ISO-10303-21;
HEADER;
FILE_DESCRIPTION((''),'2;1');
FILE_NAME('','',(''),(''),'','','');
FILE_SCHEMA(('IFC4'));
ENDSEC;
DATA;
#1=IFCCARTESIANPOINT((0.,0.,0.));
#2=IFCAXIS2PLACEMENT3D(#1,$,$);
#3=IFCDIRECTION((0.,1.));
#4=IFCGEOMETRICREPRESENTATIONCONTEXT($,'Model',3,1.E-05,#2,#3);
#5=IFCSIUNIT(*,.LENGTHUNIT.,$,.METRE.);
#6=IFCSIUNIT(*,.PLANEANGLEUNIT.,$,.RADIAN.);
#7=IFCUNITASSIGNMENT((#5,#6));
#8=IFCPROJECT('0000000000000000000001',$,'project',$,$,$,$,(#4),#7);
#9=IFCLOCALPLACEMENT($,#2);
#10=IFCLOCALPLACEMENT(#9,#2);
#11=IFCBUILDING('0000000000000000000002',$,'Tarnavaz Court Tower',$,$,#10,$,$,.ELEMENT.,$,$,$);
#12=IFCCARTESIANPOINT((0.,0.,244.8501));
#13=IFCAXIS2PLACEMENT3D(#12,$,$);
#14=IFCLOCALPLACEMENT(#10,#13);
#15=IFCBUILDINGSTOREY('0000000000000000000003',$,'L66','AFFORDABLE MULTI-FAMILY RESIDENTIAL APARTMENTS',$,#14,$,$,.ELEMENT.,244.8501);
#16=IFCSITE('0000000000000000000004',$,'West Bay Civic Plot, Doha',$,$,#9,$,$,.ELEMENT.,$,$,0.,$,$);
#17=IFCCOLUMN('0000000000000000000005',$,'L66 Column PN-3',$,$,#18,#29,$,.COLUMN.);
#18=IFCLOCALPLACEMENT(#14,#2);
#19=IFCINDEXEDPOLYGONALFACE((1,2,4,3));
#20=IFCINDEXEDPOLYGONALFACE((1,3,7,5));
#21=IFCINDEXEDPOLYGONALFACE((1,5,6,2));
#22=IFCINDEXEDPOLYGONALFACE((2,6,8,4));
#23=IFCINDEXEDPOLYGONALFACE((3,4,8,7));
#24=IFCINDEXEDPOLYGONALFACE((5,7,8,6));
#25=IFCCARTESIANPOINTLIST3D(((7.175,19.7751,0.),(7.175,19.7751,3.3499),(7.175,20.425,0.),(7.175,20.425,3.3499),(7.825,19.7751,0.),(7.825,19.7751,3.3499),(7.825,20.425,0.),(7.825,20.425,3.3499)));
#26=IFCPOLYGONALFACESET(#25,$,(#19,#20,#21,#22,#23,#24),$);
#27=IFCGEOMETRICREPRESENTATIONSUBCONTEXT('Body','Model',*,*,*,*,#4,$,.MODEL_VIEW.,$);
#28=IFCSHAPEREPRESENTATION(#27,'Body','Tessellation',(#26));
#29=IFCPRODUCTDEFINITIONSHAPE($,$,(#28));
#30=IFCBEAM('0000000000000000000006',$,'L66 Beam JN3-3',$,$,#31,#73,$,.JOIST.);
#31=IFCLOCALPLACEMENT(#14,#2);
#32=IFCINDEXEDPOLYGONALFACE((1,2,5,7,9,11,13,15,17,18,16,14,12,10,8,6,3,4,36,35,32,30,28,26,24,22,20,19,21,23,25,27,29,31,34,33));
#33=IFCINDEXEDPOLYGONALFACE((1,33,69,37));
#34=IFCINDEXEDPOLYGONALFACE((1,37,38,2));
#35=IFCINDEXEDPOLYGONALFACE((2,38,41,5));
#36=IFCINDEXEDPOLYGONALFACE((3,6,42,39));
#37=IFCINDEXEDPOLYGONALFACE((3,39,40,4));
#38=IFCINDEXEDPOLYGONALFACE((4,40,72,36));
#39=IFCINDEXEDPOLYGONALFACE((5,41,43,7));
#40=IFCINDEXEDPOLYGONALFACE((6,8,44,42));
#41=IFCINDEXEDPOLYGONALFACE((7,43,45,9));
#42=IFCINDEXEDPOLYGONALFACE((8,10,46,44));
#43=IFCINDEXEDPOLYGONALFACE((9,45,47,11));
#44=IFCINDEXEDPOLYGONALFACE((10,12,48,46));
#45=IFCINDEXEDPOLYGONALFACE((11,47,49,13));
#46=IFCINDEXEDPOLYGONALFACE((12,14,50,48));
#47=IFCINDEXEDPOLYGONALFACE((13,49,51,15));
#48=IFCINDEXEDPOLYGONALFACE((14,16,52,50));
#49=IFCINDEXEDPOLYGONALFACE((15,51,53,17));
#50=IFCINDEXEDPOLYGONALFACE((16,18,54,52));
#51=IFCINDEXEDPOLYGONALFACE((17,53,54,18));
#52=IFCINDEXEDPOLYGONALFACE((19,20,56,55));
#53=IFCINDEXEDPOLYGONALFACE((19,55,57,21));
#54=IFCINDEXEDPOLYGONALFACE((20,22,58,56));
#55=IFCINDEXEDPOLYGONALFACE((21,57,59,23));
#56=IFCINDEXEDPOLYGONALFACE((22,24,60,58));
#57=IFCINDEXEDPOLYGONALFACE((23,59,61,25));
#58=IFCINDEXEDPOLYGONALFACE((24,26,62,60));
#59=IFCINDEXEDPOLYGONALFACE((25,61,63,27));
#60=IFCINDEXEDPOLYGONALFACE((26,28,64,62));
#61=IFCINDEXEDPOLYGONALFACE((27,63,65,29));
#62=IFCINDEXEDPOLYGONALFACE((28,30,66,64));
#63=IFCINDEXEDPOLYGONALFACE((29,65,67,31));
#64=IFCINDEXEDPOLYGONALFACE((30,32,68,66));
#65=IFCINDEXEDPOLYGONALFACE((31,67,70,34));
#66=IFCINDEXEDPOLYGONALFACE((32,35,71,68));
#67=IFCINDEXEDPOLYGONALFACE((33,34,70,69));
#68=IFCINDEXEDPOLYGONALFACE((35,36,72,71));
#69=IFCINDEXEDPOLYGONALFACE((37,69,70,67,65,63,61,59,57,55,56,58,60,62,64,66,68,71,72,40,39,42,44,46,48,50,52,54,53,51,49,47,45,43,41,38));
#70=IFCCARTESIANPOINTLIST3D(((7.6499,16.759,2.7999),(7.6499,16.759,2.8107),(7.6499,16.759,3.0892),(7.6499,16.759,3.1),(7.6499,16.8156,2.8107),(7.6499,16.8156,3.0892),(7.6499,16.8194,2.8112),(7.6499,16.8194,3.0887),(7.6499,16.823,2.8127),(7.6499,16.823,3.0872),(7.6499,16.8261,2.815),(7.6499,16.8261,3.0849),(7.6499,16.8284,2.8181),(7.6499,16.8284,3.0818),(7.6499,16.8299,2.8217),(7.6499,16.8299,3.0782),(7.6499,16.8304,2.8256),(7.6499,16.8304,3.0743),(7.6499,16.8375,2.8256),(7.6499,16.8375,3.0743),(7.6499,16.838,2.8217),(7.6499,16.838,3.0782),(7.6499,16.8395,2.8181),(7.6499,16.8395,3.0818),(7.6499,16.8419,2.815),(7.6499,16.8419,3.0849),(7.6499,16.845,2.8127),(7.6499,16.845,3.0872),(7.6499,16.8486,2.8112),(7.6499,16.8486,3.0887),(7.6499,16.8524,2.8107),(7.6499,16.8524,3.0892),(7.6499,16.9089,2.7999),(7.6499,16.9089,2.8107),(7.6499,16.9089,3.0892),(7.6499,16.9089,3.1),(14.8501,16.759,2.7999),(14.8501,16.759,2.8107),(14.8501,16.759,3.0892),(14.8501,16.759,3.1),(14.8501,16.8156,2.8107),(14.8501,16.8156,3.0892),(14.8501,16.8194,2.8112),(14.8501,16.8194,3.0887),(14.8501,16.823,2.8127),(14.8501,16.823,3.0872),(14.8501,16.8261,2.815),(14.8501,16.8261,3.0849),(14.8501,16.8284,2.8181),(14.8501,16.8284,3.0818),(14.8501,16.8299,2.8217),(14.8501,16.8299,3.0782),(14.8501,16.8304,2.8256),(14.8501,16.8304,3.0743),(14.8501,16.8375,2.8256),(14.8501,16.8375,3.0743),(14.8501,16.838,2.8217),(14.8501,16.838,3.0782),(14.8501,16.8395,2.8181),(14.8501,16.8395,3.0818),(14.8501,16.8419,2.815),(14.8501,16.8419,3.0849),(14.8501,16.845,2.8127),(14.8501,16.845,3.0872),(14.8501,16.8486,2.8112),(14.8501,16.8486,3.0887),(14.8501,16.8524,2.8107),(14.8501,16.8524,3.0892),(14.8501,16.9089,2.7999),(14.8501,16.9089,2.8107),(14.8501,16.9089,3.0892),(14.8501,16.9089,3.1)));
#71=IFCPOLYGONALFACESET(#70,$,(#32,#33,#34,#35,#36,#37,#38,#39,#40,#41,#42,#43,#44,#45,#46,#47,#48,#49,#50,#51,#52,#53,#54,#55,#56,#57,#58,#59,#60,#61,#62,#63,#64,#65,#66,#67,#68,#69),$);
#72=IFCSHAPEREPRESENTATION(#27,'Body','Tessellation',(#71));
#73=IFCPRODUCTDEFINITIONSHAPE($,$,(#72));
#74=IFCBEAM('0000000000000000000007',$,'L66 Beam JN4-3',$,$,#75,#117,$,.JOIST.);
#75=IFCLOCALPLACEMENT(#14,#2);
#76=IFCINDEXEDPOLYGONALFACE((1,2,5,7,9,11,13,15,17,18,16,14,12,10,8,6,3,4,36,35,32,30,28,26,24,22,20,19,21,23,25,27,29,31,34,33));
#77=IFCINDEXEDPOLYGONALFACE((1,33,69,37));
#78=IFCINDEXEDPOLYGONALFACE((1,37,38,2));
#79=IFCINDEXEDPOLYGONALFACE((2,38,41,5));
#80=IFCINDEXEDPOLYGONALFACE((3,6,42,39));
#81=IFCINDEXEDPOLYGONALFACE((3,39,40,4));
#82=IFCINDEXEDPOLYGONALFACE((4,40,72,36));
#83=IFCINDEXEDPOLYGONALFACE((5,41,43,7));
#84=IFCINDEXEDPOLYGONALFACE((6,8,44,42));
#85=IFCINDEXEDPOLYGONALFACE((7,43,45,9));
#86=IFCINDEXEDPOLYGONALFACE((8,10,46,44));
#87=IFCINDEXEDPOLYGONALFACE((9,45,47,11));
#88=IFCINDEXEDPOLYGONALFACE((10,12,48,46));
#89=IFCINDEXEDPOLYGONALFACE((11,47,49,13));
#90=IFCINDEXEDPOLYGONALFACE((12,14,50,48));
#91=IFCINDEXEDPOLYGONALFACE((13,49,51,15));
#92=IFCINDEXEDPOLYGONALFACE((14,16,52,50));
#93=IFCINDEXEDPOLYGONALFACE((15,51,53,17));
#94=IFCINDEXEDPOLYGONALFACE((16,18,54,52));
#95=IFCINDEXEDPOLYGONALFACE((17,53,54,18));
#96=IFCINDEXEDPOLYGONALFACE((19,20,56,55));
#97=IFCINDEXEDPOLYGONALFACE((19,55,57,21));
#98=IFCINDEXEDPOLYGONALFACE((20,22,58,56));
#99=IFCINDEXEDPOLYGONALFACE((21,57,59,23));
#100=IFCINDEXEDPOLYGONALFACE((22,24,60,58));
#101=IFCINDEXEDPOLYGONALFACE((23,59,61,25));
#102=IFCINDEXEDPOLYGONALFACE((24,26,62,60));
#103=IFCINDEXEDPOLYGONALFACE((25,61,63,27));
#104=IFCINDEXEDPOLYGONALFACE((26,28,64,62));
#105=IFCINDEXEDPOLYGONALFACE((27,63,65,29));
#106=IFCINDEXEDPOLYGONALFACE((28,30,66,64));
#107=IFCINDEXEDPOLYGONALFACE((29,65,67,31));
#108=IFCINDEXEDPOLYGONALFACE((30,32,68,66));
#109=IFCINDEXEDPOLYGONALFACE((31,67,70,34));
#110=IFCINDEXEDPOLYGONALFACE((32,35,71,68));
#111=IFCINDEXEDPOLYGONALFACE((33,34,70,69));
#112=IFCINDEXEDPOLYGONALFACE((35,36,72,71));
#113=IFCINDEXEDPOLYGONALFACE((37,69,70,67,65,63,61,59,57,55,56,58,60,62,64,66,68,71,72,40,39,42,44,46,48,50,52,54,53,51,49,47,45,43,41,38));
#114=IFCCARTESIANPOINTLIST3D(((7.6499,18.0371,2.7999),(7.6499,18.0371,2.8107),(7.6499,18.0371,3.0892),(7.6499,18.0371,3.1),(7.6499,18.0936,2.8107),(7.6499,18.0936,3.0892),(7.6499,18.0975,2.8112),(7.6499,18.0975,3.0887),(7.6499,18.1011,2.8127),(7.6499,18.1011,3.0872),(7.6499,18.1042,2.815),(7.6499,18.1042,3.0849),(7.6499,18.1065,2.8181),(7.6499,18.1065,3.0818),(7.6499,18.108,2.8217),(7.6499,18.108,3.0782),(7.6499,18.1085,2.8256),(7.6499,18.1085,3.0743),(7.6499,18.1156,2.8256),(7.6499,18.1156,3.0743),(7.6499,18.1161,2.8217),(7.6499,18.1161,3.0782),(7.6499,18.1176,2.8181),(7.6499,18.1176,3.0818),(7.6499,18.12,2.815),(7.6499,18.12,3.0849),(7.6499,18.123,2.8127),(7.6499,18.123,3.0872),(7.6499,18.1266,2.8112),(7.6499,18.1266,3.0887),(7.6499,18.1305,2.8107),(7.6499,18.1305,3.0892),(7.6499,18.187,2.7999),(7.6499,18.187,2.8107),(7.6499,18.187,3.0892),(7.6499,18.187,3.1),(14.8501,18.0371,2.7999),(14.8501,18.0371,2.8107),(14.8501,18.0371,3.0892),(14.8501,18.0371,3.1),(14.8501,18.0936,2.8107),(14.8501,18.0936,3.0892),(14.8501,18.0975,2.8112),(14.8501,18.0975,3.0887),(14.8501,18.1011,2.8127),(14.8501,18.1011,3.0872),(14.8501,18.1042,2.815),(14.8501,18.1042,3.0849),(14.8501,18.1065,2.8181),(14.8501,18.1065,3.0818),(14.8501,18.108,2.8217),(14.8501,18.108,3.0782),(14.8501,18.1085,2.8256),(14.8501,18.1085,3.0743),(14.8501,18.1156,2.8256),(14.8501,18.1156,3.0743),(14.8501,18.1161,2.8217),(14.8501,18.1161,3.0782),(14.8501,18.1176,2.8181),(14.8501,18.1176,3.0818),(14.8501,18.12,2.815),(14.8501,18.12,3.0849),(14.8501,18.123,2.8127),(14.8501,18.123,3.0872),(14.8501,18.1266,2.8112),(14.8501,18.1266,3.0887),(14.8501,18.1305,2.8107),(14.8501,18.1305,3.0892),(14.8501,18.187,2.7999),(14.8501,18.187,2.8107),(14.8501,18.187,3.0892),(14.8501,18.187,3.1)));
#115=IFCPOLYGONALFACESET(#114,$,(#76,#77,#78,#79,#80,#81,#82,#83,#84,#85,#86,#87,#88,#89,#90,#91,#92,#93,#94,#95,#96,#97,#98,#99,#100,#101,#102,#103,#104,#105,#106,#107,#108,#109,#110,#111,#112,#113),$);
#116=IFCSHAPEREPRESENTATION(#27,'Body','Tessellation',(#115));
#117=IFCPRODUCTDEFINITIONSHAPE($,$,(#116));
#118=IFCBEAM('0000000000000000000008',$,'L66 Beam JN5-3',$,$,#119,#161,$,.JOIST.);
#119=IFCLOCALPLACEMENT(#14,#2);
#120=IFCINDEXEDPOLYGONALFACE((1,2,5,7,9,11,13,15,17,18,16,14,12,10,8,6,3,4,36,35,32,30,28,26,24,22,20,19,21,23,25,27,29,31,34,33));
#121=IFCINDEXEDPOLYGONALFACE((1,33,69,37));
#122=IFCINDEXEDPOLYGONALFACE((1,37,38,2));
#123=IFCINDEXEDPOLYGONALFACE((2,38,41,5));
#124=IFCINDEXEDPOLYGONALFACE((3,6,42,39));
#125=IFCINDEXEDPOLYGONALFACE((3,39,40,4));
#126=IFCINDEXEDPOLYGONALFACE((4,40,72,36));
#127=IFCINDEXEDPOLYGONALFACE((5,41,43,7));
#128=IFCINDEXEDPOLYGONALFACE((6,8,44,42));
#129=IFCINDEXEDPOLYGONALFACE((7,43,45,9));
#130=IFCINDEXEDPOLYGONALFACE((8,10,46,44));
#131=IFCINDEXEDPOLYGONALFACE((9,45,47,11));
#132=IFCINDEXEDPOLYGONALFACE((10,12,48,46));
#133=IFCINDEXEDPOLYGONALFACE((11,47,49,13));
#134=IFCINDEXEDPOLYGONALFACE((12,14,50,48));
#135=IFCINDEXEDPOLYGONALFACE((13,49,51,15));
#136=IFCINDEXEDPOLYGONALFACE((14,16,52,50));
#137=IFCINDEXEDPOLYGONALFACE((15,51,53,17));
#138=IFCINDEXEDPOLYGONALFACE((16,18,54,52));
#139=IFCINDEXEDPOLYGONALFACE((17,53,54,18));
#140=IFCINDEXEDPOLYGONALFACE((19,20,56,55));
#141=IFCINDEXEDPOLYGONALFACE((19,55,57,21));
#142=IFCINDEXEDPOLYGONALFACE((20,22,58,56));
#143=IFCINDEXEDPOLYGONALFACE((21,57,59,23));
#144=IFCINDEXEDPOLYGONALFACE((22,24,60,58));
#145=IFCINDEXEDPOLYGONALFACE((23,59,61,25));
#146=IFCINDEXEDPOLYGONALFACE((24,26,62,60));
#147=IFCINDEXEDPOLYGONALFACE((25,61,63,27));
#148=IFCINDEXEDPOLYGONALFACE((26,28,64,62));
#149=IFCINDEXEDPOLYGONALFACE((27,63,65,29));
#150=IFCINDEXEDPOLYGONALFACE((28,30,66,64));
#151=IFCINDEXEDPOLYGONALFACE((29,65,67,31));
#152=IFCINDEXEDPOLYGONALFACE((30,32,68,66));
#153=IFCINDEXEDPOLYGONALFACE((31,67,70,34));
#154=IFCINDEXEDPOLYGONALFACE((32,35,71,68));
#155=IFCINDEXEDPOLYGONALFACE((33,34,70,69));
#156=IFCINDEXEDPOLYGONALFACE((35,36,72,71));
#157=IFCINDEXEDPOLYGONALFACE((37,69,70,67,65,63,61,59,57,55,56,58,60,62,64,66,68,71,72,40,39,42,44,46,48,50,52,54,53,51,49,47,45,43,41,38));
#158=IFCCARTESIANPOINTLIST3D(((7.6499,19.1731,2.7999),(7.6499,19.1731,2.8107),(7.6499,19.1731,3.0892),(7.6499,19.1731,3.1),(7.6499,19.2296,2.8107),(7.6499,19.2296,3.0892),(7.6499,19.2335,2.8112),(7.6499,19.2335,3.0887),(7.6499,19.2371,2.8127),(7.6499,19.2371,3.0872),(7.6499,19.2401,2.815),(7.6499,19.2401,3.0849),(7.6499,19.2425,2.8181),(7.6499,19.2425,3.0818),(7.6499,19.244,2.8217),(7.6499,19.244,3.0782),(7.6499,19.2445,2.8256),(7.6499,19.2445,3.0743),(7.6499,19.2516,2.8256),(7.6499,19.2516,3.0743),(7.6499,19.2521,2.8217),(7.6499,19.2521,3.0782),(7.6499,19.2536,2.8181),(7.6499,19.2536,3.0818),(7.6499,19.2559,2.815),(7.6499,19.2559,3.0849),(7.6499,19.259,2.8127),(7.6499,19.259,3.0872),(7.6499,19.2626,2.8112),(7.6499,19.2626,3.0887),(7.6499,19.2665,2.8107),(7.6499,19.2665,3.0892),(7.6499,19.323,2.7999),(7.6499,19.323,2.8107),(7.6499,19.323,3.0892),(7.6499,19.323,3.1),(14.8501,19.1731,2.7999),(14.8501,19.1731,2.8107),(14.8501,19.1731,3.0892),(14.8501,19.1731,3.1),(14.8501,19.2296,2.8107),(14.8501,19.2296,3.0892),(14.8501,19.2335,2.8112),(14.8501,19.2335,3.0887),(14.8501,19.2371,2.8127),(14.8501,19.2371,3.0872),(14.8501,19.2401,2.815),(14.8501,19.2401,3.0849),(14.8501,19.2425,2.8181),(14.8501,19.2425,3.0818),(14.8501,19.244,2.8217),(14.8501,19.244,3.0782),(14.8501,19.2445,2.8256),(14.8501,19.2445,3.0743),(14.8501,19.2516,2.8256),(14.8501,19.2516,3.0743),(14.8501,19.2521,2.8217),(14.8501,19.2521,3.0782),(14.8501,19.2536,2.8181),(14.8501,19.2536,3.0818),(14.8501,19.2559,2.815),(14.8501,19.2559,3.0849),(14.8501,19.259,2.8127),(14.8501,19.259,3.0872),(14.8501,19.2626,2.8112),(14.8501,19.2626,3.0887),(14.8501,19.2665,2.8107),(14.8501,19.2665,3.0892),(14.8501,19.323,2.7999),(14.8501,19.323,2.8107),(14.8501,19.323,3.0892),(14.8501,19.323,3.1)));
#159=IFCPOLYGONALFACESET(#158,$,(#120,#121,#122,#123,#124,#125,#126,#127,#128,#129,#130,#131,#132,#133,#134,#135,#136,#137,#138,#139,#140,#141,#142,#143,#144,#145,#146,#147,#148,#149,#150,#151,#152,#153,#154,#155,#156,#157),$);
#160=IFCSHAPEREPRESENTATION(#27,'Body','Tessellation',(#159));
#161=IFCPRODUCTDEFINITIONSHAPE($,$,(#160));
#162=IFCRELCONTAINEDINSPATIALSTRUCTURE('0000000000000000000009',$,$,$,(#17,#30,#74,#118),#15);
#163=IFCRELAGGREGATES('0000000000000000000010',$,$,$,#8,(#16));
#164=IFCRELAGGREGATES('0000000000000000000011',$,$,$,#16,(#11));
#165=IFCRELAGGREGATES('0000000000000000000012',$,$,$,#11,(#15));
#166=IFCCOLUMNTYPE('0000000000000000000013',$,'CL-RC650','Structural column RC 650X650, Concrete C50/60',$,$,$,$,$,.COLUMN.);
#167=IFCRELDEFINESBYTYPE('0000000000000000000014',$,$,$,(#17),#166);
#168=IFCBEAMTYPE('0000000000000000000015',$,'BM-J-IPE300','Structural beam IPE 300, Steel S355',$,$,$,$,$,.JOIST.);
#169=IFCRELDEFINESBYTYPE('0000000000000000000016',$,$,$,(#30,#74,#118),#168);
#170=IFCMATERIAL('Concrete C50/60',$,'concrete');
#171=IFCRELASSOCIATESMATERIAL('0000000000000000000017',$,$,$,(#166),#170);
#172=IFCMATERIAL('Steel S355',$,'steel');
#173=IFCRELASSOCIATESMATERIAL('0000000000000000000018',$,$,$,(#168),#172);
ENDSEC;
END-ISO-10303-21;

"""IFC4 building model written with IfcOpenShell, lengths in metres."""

from ifc_helpers import new_model, si_unit, direction, frame, origin, origin_2d, place, context, subcontext, project, spatial, rectangle, i_section, extrude, material, material_profile, profile_set, type_object, element, save


model = new_model("IFC4")

# Units and contexts
model_context = context("Model", 3, precision=1e-05, world=origin(), true_north=direction((0.0, 1.0)))
body_context = subcontext(model_context, "Body", "Model", "MODEL_VIEW")
ifc_project = project(units=[si_unit("LENGTHUNIT", "METRE"), si_unit("PLANEANGLEUNIT", "RADIAN")], contexts=[model_context])

# Site, building, storey
site_placement = place(None, origin())
site = spatial("IfcSite", under=ifc_project, at=site_placement, Name="West Bay Civic Plot, Doha", CompositionType="ELEMENT", RefElevation=0.0)
building_placement = place(site_placement, origin())
building = spatial("IfcBuilding", under=site, at=building_placement, Name="Tarnavaz Court Tower", CompositionType="ELEMENT")
storey_placement = place(building_placement, frame((0.0, 0.0, 244.8501)))
storey = spatial("IfcBuildingStorey", under=building, at=storey_placement, Name="L66", Description="AFFORDABLE MULTI-FAMILY RESIDENTIAL APARTMENTS", CompositionType="ELEMENT", Elevation=244.8501)

# Column
ifc_material_1 = material(Name="Concrete C50/60", Category="concrete")
ifc_material_profile_1 = material_profile(ifc_material_1, rectangle(XDim=0.6499, YDim=0.6499, at=origin_2d()), Name="RC 650X650")
ifc_profile_set_1 = profile_set([ifc_material_profile_1], Name="Concrete C50/60")
column_type = type_object("IfcColumnType", Name="CL-RC650", Description="Structural column RC 650X650, Concrete C50/60", PredefinedType="COLUMN", material=ifc_profile_set_1)
column_placement = place(storey_placement, frame((7.5, 20.1001, 0.0), z_axis=(0.0, 0.0, 1.0), x_axis=(1.0, 0.0, 0.0)))
element("IfcColumn", 1, at=column_placement, inside=storey, type_object=column_type, Name="L66 Column PN-3", PredefinedType="COLUMN", context=body_context, shape_type="SweptSolid", body=[
    extrude(rectangle(XDim=0.6499, YDim=0.6499, at=origin_2d()), origin(), (0.0, 0.0, 1.0), 3.3499),
])

# Beams
ifc_material_2 = material(Name="Steel S355", Category="steel")
ifc_material_profile_2 = material_profile(ifc_material_2, i_section(OverallWidth=0.1499, OverallDepth=0.3, WebThickness=0.0071, FlangeThickness=0.0107, FilletRadius=0.0149, at=origin_2d()), Name="IPE 300")
ifc_profile_set_2 = profile_set([ifc_material_profile_2], Name="Steel S355")
beam_type_1 = type_object("IfcBeamType", Name="BM-J-IPE300", Description="Structural beam IPE 300, Steel S355", PredefinedType="JOIST", material=ifc_profile_set_2)
for number, where, z_axis, x_axis, name in (
    (2, (7.6499, 16.834, 2.95), (1.0, 0.0, 0.0), (0.0, 1.0, 0.0), "L66 Beam JN3-3"),
    (3, (7.6499, 18.1121, 2.95), (1.0, 0.0, 0.0), (0.0, 1.0, 0.0), "L66 Beam JN4-3"),
    (4, (7.6499, 19.248, 2.95), (1.0, 0.0, 0.0), (0.0, 1.0, 0.0), "L66 Beam JN5-3"),
):
    element("IfcBeam", number, at=place(storey_placement, frame(where, z_axis=z_axis, x_axis=x_axis)), inside=storey, type_object=beam_type_1, Name=name, PredefinedType="JOIST", context=body_context, shape_type="SweptSolid", body=[
        extrude(i_section(OverallWidth=0.1499, OverallDepth=0.3, WebThickness=0.0071, FlangeThickness=0.0107, FilletRadius=0.0149, at=origin_2d()), origin(), (0.0, 0.0, 1.0), 7.2002),
    ])

save(model, "model.ifc")
